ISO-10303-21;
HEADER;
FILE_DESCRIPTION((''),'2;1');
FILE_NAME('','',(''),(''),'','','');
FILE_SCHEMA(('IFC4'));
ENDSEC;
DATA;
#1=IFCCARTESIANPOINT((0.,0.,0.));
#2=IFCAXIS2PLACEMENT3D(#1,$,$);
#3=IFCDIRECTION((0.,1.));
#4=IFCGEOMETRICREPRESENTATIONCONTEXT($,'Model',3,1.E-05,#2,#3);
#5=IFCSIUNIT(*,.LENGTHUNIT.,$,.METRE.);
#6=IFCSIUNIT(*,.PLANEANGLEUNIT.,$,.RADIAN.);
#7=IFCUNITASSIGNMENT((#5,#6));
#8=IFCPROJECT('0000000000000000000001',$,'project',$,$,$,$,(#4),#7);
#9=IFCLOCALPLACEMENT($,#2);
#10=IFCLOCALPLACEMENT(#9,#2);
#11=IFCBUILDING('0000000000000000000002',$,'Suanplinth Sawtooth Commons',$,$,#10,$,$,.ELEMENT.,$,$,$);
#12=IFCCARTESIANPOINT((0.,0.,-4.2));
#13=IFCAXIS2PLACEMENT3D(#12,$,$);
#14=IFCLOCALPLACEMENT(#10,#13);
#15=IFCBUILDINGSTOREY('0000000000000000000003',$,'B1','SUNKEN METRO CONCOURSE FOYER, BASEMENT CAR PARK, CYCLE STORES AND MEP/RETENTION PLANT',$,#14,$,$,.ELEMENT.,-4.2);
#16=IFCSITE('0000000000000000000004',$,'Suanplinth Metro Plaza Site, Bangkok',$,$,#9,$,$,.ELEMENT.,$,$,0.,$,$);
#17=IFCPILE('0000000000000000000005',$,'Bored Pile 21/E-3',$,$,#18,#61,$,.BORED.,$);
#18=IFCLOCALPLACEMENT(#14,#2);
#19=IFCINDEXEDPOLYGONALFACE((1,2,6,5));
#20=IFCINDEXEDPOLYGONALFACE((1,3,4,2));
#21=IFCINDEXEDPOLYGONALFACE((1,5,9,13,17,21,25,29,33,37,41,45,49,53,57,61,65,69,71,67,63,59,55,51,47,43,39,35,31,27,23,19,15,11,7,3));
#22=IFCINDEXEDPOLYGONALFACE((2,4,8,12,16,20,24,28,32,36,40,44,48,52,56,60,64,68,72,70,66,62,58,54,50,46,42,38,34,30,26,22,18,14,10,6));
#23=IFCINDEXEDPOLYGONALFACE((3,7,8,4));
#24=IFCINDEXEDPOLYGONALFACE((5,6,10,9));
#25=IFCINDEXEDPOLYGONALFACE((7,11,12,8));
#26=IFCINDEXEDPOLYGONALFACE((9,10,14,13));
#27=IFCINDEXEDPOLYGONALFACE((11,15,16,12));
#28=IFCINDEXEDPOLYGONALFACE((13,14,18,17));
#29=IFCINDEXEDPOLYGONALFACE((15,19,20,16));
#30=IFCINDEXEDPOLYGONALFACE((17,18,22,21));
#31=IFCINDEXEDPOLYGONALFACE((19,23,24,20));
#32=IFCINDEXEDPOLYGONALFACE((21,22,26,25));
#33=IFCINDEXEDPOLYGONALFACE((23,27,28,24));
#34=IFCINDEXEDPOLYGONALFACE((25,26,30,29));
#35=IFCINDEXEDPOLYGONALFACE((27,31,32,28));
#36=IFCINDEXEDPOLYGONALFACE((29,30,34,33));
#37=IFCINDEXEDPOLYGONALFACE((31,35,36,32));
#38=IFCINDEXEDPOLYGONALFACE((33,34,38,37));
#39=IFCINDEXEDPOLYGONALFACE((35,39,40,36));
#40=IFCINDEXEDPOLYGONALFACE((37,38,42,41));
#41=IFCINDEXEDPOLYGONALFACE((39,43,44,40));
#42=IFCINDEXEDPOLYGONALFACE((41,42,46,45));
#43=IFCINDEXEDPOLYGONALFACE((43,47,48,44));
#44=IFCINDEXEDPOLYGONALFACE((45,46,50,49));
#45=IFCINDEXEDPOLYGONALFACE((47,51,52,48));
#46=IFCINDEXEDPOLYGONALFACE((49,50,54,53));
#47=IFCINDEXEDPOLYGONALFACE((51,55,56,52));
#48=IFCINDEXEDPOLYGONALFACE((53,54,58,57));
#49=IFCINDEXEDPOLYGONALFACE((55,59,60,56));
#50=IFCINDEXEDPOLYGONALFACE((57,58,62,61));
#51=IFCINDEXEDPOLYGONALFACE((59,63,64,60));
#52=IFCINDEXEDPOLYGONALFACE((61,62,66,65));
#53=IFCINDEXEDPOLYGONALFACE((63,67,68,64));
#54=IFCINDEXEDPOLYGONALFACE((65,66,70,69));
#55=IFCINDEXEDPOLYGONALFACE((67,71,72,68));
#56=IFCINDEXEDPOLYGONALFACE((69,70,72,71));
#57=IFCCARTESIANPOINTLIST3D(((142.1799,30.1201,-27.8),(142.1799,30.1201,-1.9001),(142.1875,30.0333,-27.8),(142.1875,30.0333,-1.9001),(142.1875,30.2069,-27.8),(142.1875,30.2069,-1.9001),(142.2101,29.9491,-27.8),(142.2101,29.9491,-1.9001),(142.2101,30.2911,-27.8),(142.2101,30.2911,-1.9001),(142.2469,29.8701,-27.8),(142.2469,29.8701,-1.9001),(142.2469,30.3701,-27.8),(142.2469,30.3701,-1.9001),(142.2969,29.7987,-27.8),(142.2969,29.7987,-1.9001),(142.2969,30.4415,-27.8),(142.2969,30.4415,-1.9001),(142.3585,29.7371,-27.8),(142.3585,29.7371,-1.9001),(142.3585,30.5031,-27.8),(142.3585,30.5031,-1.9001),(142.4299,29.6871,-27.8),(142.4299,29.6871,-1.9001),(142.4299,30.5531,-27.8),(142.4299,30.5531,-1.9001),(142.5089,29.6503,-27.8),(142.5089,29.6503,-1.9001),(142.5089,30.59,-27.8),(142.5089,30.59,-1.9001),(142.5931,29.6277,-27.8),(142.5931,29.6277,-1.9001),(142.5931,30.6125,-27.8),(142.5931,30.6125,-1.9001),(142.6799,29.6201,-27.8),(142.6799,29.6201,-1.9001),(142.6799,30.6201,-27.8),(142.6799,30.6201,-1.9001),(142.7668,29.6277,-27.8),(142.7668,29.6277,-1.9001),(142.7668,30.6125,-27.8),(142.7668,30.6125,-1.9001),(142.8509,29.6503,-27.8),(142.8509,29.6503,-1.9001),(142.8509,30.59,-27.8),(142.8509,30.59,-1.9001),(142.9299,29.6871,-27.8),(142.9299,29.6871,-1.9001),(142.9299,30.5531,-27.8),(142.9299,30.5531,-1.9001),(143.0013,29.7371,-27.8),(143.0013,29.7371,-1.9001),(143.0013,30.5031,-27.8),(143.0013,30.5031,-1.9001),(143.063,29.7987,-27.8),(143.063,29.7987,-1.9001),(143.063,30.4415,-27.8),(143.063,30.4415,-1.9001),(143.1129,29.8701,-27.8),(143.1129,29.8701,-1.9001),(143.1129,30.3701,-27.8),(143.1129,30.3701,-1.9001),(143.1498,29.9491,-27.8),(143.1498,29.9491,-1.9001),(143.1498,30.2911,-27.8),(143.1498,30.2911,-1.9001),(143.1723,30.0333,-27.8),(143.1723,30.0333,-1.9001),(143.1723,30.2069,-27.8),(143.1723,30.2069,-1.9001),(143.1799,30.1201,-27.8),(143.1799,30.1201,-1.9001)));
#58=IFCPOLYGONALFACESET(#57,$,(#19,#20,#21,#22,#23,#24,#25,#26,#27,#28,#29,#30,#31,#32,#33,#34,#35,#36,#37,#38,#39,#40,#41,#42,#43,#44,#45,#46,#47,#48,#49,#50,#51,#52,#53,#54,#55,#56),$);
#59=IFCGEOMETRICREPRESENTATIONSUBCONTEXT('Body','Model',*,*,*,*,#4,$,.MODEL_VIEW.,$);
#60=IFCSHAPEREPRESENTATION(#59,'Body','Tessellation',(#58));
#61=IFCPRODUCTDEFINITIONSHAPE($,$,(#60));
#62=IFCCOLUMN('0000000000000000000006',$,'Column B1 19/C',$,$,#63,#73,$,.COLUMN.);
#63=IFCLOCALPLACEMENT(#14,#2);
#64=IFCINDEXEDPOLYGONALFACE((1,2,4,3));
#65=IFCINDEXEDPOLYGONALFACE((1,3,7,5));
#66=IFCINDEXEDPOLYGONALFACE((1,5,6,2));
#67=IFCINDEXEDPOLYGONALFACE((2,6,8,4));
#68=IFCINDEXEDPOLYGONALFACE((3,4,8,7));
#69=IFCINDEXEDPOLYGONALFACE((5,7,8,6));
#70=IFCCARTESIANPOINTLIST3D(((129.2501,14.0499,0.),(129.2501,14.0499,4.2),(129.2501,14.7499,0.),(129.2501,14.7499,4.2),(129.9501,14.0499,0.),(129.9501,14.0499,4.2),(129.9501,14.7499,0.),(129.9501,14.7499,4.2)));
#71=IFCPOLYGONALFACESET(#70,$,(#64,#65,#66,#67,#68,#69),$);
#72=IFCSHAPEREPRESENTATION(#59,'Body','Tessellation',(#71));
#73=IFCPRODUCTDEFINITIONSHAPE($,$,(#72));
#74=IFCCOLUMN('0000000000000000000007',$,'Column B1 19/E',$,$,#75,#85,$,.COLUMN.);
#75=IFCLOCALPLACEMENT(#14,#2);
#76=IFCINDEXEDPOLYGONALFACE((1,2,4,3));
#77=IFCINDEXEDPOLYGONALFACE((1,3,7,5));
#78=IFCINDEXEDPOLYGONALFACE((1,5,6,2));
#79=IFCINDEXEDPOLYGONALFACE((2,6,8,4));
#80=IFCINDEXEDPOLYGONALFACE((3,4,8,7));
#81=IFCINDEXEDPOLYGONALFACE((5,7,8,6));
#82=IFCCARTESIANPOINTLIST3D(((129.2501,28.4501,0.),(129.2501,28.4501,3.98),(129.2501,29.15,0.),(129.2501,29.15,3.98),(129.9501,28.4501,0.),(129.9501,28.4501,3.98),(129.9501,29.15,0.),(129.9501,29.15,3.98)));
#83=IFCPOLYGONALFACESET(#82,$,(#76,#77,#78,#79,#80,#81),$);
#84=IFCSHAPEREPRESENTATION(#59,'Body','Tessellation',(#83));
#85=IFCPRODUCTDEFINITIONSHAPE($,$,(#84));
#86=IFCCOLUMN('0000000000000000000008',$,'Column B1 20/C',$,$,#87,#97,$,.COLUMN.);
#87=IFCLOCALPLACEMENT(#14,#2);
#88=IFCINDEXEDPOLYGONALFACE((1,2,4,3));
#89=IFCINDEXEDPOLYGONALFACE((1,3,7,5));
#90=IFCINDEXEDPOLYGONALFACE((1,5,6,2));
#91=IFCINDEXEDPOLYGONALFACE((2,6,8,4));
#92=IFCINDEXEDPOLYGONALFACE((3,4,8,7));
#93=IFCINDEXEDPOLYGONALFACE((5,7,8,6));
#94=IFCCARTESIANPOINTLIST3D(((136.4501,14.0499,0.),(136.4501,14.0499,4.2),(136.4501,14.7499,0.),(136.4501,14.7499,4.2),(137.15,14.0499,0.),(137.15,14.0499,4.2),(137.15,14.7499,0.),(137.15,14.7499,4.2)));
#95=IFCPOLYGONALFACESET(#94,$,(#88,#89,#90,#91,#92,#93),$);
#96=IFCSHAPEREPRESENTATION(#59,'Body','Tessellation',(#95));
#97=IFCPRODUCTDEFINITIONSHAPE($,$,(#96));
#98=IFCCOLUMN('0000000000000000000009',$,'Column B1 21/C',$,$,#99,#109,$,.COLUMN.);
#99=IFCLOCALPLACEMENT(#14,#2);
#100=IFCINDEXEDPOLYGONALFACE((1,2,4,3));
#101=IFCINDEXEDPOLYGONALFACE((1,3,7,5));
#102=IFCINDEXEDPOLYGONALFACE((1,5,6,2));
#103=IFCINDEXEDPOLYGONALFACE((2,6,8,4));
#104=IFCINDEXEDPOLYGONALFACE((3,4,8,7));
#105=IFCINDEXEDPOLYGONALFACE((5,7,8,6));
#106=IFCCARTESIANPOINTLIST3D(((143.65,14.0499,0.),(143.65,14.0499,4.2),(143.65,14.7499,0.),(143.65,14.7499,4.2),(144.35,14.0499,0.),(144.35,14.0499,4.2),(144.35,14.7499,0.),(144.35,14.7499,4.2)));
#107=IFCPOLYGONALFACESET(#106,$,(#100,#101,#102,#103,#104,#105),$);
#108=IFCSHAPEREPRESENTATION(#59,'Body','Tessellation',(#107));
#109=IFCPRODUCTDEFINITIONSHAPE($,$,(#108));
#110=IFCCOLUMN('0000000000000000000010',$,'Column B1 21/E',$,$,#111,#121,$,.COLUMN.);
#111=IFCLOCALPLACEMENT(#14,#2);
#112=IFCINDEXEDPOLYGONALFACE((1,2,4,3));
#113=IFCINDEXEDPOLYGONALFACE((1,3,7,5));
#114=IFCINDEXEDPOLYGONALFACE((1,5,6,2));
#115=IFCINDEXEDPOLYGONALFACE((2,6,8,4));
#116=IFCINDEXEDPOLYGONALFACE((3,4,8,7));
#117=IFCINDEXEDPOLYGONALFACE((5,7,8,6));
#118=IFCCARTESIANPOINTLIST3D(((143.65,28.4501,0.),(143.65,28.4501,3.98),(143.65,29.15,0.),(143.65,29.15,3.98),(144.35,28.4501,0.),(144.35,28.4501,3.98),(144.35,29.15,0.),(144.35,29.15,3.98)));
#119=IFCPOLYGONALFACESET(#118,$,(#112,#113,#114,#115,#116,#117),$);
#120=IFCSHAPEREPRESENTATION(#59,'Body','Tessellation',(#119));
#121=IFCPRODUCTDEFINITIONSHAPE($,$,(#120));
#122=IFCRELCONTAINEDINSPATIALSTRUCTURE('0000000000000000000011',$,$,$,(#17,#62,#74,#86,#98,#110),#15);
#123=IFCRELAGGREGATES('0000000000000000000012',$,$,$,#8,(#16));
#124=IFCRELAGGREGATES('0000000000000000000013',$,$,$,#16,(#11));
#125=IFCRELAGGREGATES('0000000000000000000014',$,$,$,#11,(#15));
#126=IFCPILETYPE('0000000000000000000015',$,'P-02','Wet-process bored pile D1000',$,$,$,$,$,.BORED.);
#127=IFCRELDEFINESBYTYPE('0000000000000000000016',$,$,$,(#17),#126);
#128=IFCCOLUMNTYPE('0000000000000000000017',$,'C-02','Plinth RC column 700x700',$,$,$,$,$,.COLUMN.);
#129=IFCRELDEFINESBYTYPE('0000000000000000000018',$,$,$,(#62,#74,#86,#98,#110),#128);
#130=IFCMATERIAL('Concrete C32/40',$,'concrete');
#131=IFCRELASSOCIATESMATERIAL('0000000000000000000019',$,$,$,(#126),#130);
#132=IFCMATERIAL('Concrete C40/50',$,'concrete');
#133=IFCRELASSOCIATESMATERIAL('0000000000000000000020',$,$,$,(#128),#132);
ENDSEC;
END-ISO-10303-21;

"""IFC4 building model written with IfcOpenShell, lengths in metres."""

from ifc_helpers import new_model, si_unit, direction, frame, origin, origin_2d, place, context, subcontext, project, spatial, rectangle, circle, extrude, material, material_profile, profile_set, type_object, element, save


model = new_model("IFC4")

# Units and contexts
model_context = context("Model", 3, precision=1e-05, world=origin(), true_north=direction((0.0, 1.0)))
body_context = subcontext(model_context, "Body", "Model", "MODEL_VIEW")
ifc_project = project(units=[si_unit("LENGTHUNIT", "METRE"), si_unit("PLANEANGLEUNIT", "RADIAN")], contexts=[model_context])

# Site, building, storey
site_placement = place(None, origin())
site = spatial("IfcSite", under=ifc_project, at=site_placement, Name="Suanplinth Metro Plaza Site, Bangkok", CompositionType="ELEMENT", RefElevation=0.0)
building_placement = place(site_placement, origin())
building = spatial("IfcBuilding", under=site, at=building_placement, Name="Suanplinth Sawtooth Commons", CompositionType="ELEMENT")
storey_placement = place(building_placement, frame((0.0, 0.0, -4.2)))
storey = spatial("IfcBuildingStorey", under=building, at=storey_placement, Name="B1", Description="SUNKEN METRO CONCOURSE FOYER, BASEMENT CAR PARK, CYCLE STORES AND MEP/RETENTION PLANT", CompositionType="ELEMENT", Elevation=-4.2)

# Pile
ifc_material_1 = material(Name="Concrete C32/40", Category="concrete")
ifc_material_profile_1 = material_profile(ifc_material_1, circle(Radius=0.5, at=origin_2d()), Name="PILE D1000")
ifc_profile_set_1 = profile_set([ifc_material_profile_1], Name="Concrete C32/40")
pile_type = type_object("IfcPileType", Name="P-02", Description="Wet-process bored pile D1000", PredefinedType="BORED", material=ifc_profile_set_1)
for number, where, z_axis, x_axis, name in (
    (1, (142.6799, 30.1201, -1.9001), (0.0, 0.0, -1.0), (1.0, 0.0, 0.0), "Bored Pile 21/E-3"),
):
    element("IfcPile", number, at=place(storey_placement, frame(where, z_axis=z_axis, x_axis=x_axis)), inside=storey, type_object=pile_type, Name=name, PredefinedType="BORED", context=body_context, shape_type="SweptSolid", body=[
        extrude(circle(Radius=0.5, at=origin_2d()), origin(), (0.0, 0.0, 1.0), 25.8999),
    ])

# Columns
ifc_material_2 = material(Name="Concrete C40/50", Category="concrete")
ifc_material_profile_2 = material_profile(ifc_material_2, rectangle(XDim=0.7, YDim=0.7, at=origin_2d()), Name="RC-COL 700x700")
ifc_profile_set_2 = profile_set([ifc_material_profile_2], Name="Concrete C40/50")
column_type = type_object("IfcColumnType", Name="C-02", Description="Plinth RC column 700x700", PredefinedType="COLUMN", material=ifc_profile_set_2)
column_1_placement = place(storey_placement, frame((129.6001, 14.3999, 0.0), z_axis=(0.0, 0.0, 1.0), x_axis=(1.0, 0.0, 0.0)))
element("IfcColumn", 2, at=column_1_placement, inside=storey, type_object=column_type, Name="Column B1 19/C", PredefinedType="COLUMN", context=body_context, shape_type="SweptSolid", body=[
    extrude(rectangle(XDim=0.7, YDim=0.7, at=origin_2d()), origin(), (0.0, 0.0, 1.0), 4.2),
])
column_2_placement = place(storey_placement, frame((129.6001, 28.8, 0.0), z_axis=(0.0, 0.0, 1.0), x_axis=(1.0, 0.0, 0.0)))
element("IfcColumn", 3, at=column_2_placement, inside=storey, type_object=column_type, Name="Column B1 19/E", PredefinedType="COLUMN", context=body_context, shape_type="SweptSolid", body=[
    extrude(rectangle(XDim=0.7, YDim=0.7, at=origin_2d()), origin(), (0.0, 0.0, 1.0), 3.98),
])
for number, where, z_axis, x_axis, name in (
    (4, (136.8, 14.3999, 0.0), (0.0, 0.0, 1.0), (1.0, 0.0, 0.0), "Column B1 20/C"),
    (5, (144.0, 14.3999, 0.0), (0.0, 0.0, 1.0), (1.0, 0.0, 0.0), "Column B1 21/C"),
):
    element("IfcColumn", number, at=place(storey_placement, frame(where, z_axis=z_axis, x_axis=x_axis)), inside=storey, type_object=column_type, Name=name, PredefinedType="COLUMN", context=body_context, shape_type="SweptSolid", body=[
        extrude(rectangle(XDim=0.7, YDim=0.7, at=origin_2d()), origin(), (0.0, 0.0, 1.0), 4.2),
    ])
column_3_placement = place(storey_placement, frame((144.0, 28.8, 0.0), z_axis=(0.0, 0.0, 1.0), x_axis=(1.0, 0.0, 0.0)))
element("IfcColumn", 6, at=column_3_placement, inside=storey, type_object=column_type, Name="Column B1 21/E", PredefinedType="COLUMN", context=body_context, shape_type="SweptSolid", body=[
    extrude(rectangle(XDim=0.7, YDim=0.7, at=origin_2d()), origin(), (0.0, 0.0, 1.0), 3.98),
])

save(model, "model.ifc")
